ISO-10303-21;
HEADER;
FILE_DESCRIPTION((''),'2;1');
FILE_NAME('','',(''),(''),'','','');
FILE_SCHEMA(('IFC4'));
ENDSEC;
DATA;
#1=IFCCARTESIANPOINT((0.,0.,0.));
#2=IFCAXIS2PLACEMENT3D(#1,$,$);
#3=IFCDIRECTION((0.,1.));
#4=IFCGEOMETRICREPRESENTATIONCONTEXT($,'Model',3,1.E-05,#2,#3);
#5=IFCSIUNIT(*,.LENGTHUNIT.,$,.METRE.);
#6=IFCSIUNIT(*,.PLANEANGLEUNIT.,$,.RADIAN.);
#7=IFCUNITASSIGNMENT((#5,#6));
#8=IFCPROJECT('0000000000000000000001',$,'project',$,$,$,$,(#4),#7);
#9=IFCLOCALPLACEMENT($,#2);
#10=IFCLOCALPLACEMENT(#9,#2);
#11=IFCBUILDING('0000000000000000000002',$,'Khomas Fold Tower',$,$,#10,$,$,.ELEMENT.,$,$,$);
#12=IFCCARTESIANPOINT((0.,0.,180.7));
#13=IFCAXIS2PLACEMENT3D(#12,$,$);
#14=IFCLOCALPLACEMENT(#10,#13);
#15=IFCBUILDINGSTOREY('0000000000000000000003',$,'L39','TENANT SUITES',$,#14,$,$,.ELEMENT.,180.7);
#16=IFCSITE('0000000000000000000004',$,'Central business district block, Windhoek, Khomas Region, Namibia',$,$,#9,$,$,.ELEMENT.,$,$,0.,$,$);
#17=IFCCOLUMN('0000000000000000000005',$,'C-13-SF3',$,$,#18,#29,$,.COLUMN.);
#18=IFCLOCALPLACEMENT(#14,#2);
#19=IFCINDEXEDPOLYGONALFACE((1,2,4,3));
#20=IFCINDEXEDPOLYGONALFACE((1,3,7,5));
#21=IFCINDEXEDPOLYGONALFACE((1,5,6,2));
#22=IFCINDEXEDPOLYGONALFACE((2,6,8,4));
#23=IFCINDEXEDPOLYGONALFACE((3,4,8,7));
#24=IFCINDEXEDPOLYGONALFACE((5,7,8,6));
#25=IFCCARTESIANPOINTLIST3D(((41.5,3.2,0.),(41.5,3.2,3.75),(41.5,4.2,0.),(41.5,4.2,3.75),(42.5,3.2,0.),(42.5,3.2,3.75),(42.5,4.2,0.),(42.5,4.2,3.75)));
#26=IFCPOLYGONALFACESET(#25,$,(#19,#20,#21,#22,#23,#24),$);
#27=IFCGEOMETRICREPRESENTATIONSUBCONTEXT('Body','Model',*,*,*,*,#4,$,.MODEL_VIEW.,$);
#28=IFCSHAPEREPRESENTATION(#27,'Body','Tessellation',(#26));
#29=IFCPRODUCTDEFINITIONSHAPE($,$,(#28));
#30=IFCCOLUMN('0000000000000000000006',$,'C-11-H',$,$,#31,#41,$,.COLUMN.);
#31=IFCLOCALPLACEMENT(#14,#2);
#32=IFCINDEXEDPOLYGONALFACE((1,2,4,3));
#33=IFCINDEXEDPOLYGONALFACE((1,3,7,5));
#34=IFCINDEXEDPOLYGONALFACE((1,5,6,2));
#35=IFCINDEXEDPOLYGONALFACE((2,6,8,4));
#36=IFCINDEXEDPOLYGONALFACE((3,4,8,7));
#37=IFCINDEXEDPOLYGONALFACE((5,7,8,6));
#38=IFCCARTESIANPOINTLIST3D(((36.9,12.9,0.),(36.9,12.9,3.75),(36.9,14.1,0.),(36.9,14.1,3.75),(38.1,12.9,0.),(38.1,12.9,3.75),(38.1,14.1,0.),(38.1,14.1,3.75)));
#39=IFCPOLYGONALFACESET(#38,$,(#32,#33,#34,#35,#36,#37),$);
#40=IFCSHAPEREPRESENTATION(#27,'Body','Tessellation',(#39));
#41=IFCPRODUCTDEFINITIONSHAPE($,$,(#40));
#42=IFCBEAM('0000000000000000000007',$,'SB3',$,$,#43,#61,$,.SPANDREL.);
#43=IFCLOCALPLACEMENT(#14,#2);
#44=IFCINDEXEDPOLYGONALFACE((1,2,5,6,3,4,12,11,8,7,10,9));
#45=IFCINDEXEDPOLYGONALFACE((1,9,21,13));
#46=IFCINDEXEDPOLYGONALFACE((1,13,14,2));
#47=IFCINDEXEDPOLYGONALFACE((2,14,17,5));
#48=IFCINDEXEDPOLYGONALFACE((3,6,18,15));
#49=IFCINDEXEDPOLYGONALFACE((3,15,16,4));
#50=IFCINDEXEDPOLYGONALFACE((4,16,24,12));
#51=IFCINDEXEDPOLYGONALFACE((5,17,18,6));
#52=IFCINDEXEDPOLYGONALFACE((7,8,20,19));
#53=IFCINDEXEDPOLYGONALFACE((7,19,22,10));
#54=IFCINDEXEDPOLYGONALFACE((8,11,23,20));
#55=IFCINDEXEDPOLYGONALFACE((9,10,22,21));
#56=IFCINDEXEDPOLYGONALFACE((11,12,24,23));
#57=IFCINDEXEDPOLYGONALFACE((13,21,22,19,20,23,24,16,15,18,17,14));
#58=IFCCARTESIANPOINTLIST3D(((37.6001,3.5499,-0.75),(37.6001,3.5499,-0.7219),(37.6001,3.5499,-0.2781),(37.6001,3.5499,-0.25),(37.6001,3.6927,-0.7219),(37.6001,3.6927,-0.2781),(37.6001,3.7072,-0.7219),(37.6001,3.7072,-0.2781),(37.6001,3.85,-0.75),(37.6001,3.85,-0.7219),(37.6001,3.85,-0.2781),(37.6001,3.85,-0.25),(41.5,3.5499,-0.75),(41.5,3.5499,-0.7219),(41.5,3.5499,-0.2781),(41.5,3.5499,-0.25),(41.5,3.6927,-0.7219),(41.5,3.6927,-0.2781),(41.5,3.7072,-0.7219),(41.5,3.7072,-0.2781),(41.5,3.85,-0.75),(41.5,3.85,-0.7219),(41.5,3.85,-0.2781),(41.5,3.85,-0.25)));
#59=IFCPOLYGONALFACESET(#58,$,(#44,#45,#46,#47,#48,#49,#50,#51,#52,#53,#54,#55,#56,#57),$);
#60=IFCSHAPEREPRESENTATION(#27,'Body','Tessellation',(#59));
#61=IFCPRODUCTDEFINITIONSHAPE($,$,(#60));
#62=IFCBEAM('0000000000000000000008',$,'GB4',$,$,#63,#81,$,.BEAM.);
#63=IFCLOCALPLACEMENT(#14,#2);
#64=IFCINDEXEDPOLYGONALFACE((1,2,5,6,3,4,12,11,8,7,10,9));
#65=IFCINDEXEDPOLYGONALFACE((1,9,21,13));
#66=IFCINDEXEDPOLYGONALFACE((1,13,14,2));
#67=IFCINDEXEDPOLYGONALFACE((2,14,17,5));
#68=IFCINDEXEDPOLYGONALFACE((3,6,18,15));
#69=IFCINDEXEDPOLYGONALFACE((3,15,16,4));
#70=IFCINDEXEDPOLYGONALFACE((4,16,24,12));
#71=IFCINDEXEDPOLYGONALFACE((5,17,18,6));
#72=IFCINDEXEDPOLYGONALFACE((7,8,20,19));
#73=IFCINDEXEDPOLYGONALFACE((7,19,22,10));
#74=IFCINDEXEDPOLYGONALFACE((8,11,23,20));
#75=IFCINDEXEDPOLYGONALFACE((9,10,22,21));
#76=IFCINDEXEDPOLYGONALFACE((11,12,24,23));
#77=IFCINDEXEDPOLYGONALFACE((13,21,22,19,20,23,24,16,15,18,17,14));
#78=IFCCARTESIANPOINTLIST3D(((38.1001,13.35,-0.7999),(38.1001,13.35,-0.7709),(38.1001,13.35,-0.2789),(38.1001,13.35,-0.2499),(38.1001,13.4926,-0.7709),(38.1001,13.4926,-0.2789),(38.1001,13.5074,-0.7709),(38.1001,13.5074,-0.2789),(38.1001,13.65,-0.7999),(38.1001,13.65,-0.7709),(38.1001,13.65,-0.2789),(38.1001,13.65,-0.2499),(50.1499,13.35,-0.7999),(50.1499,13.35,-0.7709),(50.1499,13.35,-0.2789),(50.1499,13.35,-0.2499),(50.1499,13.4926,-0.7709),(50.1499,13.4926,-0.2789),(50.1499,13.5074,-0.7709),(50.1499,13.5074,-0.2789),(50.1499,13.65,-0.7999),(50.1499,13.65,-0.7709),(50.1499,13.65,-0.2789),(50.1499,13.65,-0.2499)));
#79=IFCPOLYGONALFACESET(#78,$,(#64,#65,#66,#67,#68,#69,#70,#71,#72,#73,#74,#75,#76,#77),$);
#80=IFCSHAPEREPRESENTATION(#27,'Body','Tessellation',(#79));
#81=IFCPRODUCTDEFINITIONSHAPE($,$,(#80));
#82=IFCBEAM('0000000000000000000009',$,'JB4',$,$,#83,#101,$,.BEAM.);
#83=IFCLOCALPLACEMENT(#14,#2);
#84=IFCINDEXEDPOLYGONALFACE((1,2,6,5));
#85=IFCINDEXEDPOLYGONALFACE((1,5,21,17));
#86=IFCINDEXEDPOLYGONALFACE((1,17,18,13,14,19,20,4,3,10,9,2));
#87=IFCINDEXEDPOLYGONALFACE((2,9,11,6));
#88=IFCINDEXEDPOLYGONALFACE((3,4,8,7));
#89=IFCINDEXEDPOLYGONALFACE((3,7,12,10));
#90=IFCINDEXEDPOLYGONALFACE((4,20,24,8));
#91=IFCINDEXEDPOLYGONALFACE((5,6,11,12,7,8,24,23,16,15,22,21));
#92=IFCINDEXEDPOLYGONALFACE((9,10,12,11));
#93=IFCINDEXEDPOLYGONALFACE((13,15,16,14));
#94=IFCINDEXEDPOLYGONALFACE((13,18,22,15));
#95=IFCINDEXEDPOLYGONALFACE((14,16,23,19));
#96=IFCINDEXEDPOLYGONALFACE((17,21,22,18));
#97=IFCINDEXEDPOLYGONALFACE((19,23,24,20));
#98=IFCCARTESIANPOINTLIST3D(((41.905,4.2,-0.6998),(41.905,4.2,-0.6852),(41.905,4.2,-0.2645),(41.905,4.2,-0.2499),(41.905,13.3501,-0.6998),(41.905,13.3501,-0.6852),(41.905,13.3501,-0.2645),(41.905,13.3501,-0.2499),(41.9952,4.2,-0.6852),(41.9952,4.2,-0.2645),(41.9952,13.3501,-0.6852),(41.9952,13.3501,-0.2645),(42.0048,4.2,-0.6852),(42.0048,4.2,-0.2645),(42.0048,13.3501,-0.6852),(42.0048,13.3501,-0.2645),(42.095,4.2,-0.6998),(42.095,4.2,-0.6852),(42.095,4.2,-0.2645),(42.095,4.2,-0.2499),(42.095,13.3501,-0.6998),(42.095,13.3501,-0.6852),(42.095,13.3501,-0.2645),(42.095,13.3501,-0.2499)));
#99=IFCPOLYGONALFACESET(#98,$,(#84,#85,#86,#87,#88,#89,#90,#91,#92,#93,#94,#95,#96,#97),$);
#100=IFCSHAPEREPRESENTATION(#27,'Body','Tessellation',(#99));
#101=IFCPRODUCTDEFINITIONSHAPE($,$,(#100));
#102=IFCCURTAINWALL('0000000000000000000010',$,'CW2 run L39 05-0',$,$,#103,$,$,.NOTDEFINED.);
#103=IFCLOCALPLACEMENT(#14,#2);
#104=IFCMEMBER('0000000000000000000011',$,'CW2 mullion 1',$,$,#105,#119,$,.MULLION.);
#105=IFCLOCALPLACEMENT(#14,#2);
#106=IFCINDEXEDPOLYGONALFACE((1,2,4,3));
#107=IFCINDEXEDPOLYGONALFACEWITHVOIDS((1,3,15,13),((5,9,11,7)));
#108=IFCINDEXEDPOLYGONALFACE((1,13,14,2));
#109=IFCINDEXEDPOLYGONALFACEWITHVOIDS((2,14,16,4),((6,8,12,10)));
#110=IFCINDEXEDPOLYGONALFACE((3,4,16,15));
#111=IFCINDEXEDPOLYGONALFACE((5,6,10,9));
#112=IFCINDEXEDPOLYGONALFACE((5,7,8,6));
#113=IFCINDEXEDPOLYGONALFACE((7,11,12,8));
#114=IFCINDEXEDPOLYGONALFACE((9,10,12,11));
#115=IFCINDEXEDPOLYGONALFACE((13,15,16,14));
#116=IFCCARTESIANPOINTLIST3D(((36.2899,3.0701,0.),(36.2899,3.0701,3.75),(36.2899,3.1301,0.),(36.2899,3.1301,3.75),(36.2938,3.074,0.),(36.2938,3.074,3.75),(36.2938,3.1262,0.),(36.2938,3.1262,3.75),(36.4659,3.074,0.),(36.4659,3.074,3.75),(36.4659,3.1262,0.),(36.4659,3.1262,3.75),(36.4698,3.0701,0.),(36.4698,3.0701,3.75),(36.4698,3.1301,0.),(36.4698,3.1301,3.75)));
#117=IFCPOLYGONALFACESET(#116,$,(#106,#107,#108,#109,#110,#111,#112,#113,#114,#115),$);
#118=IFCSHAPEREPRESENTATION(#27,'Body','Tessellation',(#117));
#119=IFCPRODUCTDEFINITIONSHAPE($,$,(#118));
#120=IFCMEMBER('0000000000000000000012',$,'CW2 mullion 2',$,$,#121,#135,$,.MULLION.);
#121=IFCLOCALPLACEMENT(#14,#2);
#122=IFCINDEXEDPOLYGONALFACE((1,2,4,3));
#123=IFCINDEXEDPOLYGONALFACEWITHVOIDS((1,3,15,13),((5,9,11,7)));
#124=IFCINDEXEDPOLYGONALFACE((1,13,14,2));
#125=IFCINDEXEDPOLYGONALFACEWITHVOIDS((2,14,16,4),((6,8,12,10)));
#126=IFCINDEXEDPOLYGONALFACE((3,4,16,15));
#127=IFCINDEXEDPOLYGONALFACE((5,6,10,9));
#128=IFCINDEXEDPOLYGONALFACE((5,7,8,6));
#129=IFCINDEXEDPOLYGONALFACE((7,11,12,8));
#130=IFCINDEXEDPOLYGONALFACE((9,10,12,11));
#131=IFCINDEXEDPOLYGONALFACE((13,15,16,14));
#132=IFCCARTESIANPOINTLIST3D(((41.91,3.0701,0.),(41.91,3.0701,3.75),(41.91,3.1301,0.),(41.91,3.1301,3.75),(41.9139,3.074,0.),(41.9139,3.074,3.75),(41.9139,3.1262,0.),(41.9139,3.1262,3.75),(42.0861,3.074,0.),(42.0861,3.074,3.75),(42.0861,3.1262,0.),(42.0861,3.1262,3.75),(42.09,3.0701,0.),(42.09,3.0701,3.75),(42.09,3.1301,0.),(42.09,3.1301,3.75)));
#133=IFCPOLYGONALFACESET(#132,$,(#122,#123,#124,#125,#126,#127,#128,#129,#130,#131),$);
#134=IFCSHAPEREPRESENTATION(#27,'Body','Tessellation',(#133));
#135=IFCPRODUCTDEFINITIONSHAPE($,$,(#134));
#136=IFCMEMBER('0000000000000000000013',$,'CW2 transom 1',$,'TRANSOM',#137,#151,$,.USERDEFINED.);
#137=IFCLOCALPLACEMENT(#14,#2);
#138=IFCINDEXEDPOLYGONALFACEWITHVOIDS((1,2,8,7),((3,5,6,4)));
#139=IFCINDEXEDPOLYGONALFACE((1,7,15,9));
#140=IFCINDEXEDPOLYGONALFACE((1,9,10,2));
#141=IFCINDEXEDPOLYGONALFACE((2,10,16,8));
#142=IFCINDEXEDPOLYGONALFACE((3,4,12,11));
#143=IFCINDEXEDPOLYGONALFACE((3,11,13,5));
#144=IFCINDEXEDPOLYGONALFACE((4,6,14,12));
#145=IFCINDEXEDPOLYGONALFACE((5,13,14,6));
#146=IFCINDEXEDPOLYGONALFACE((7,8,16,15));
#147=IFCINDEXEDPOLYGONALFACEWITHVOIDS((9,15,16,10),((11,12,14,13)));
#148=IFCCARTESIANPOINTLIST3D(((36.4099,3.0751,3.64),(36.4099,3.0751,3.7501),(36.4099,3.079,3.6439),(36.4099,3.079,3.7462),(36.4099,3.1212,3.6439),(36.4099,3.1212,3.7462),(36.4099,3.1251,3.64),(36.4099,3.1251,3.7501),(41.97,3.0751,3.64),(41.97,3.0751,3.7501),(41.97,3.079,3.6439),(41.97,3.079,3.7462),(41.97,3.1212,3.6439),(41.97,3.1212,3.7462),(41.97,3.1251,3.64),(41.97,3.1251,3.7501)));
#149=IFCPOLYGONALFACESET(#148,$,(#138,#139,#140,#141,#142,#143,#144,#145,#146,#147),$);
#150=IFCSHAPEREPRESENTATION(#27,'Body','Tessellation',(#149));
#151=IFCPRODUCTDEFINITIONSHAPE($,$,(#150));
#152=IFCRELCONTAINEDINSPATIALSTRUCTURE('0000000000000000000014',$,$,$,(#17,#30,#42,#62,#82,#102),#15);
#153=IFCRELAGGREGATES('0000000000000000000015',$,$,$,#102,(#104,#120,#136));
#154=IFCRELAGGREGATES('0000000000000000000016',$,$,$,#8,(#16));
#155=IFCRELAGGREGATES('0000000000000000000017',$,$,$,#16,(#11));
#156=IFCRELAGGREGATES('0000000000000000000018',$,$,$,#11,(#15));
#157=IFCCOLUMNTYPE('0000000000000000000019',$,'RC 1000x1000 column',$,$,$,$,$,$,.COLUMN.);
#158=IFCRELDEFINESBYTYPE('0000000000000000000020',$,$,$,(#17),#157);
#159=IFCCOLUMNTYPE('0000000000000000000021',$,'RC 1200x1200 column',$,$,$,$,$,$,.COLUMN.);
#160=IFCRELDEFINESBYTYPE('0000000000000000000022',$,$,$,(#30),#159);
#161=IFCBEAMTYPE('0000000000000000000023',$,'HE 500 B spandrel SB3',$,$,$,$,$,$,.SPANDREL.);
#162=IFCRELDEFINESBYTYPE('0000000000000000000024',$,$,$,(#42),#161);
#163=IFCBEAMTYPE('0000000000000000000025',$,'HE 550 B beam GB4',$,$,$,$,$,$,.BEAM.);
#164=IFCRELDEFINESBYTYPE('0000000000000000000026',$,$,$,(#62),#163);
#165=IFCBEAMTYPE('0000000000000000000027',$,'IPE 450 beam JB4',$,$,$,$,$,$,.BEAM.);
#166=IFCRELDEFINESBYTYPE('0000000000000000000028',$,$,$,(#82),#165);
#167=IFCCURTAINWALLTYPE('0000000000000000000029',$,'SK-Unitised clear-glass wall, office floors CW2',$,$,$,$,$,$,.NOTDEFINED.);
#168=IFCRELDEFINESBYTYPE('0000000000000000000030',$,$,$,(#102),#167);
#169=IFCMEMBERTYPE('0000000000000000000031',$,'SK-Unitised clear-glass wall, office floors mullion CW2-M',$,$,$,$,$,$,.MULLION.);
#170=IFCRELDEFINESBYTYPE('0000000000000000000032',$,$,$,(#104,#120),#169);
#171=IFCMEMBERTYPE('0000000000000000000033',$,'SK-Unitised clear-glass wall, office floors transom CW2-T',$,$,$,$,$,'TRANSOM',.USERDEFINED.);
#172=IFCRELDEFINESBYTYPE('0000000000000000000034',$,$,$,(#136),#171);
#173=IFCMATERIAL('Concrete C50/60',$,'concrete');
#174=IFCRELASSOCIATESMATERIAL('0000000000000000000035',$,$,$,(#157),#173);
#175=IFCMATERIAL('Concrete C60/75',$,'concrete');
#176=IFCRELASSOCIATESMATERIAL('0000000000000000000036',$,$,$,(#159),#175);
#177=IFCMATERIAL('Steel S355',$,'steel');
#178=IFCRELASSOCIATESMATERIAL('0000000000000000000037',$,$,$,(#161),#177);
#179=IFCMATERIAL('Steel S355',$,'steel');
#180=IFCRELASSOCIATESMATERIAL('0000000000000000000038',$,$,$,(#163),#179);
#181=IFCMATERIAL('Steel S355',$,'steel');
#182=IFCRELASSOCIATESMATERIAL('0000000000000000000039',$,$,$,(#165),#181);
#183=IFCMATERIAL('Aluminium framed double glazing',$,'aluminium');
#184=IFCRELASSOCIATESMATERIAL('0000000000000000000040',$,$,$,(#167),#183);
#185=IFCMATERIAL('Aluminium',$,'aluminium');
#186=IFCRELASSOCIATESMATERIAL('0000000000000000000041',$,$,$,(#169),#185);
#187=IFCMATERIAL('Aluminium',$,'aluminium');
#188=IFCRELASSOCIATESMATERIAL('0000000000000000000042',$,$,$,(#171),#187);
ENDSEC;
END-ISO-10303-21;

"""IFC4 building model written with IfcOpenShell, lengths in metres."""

from ifc_helpers import new_model, si_unit, direction, frame, origin, origin_2d, place, context, subcontext, project, spatial, rectangle, hollow_rectangle, i_section, extrude, source, transform, mapped, material, material_profile, profile_set, type_object, element, aggregate, save


model = new_model("IFC4")

# Units and contexts
model_context = context("Model", 3, precision=1e-05, world=origin(), true_north=direction((0.0, 1.0)))
body_context = subcontext(model_context, "Body", "Model", "MODEL_VIEW")
ifc_project = project(units=[si_unit("LENGTHUNIT", "METRE"), si_unit("PLANEANGLEUNIT", "RADIAN")], contexts=[model_context])

# Site, building, storey
site_placement = place(None, origin())
site = spatial("IfcSite", under=ifc_project, at=site_placement, Name="Central business district block, Windhoek, Khomas Region, Namibia", CompositionType="ELEMENT", RefElevation=0.0)
building_placement = place(site_placement, origin())
building = spatial("IfcBuilding", under=site, at=building_placement, Name="Khomas Fold Tower", CompositionType="ELEMENT")
storey_placement = place(building_placement, frame((0.0, 0.0, 180.7)))
storey = spatial("IfcBuildingStorey", under=building, at=storey_placement, Name="L39", Description="TENANT SUITES", CompositionType="ELEMENT", Elevation=180.7)

# Columns
ifc_material_1 = material(Name="Concrete C50/60", Category="concrete")
ifc_material_profile_1 = material_profile(ifc_material_1, rectangle(XDim=1.0, YDim=1.0, at=origin_2d()), Name="RC 1000x1000")
ifc_profile_set_1 = profile_set([ifc_material_profile_1], Name="Concrete C50/60")
column_type_1 = type_object("IfcColumnType", Name="RC 1000x1000 column", PredefinedType="COLUMN", material=ifc_profile_set_1)
shared_shape_1 = source(origin(), body_context, "Body", "SweptSolid", [
    extrude(rectangle(XDim=1.0, YDim=1.0, at=origin_2d()), origin(), (0.0, 0.0, 1.0), 3.75),
])
column_1_placement = place(storey_placement, frame((42.0, 3.7, 0.0), z_axis=(0.0, 0.0, 1.0), x_axis=(1.0, 0.0, 0.0)))
element("IfcColumn", 1, at=column_1_placement, inside=storey, type_object=column_type_1, Name="C-13-SF3", PredefinedType="COLUMN", context=body_context, shape_type="MappedRepresentation", body=[
    mapped(shared_shape_1, transform((0.0, 0.0, 0.0))),
])
ifc_material_2 = material(Name="Concrete C60/75", Category="concrete")
ifc_material_profile_2 = material_profile(ifc_material_2, rectangle(XDim=1.2, YDim=1.2, at=origin_2d()), Name="RC 1200x1200")
ifc_profile_set_2 = profile_set([ifc_material_profile_2], Name="Concrete C60/75")
column_type_2 = type_object("IfcColumnType", Name="RC 1200x1200 column", PredefinedType="COLUMN", material=ifc_profile_set_2)
shared_shape_2 = source(origin(), body_context, "Body", "SweptSolid", [
    extrude(rectangle(XDim=1.2, YDim=1.2, at=origin_2d()), origin(), (0.0, 0.0, 1.0), 3.75),
])
column_2_placement = place(storey_placement, frame((37.5, 13.5, 0.0), z_axis=(0.0, 0.0, 1.0), x_axis=(1.0, 0.0, 0.0)))
element("IfcColumn", 2, at=column_2_placement, inside=storey, type_object=column_type_2, Name="C-11-H", PredefinedType="COLUMN", context=body_context, shape_type="MappedRepresentation", body=[
    mapped(shared_shape_2, transform((0.0, 0.0, 0.0))),
])

# Beams
ifc_material_3 = material(Name="Steel S355", Category="steel")
ifc_material_profile_3 = material_profile(ifc_material_3, i_section(OverallWidth=0.3, OverallDepth=0.5, WebThickness=0.0144, FlangeThickness=0.0281, at=origin_2d()), Name="HE 500 B")
ifc_profile_set_3 = profile_set([ifc_material_profile_3], Name="Steel S355")
beam_type_1 = type_object("IfcBeamType", Name="HE 500 B spandrel SB3", PredefinedType="SPANDREL", material=ifc_profile_set_3)
shared_shape_3 = source(origin(), body_context, "Body", "SweptSolid", [
    extrude(i_section(OverallWidth=0.3, OverallDepth=0.5, WebThickness=0.0144, FlangeThickness=0.0281, at=origin_2d()), origin(), (0.0, 0.0, 1.0), 3.8999),
])
beam_1_placement = place(storey_placement, frame((37.6001, 3.7, -0.5), z_axis=(1.0, 0.0, 0.0), x_axis=(0.0, 1.0, 0.0)))
element("IfcBeam", 3, at=beam_1_placement, inside=storey, type_object=beam_type_1, Name="SB3", PredefinedType="SPANDREL", context=body_context, shape_type="MappedRepresentation", body=[
    mapped(shared_shape_3, transform((0.0, 0.0, 0.0))),
])
ifc_material_4 = material(Name="Steel S355", Category="steel")
ifc_material_profile_4 = material_profile(ifc_material_4, i_section(OverallWidth=0.3, OverallDepth=0.55, WebThickness=0.0149, FlangeThickness=0.0291, at=origin_2d()), Name="HE 550 B")
ifc_profile_set_4 = profile_set([ifc_material_profile_4], Name="Steel S355")
beam_type_2 = type_object("IfcBeamType", Name="HE 550 B beam GB4", PredefinedType="BEAM", material=ifc_profile_set_4)
shared_shape_4 = source(origin(), body_context, "Body", "SweptSolid", [
    extrude(i_section(OverallWidth=0.3, OverallDepth=0.55, WebThickness=0.0149, FlangeThickness=0.0291, at=origin_2d()), origin(), (0.0, 0.0, 1.0), 12.0498),
])
beam_2_placement = place(storey_placement, frame((38.1001, 13.5, -0.5249), z_axis=(1.0, 0.0, 0.0), x_axis=(0.0, 1.0, 0.0)))
element("IfcBeam", 4, at=beam_2_placement, inside=storey, type_object=beam_type_2, Name="GB4", PredefinedType="BEAM", context=body_context, shape_type="MappedRepresentation", body=[
    mapped(shared_shape_4, transform((0.0, 0.0, 0.0))),
])
ifc_material_5 = material(Name="Steel S355", Category="steel")
ifc_material_profile_5 = material_profile(ifc_material_5, i_section(OverallWidth=0.1899, OverallDepth=0.45, WebThickness=0.0095, FlangeThickness=0.0146, at=origin_2d()), Name="IPE 450")
ifc_profile_set_5 = profile_set([ifc_material_profile_5], Name="Steel S355")
beam_type_3 = type_object("IfcBeamType", Name="IPE 450 beam JB4", PredefinedType="BEAM", material=ifc_profile_set_5)
shared_shape_5 = source(origin(), body_context, "Body", "SweptSolid", [
    extrude(i_section(OverallWidth=0.1899, OverallDepth=0.45, WebThickness=0.0095, FlangeThickness=0.0146, at=origin_2d()), origin(), (0.0, 0.0, 1.0), 9.1501),
])
beam_3_placement = place(storey_placement, frame((42.0, 4.2, -0.4749), z_axis=(0.0, 1.0, 0.0), x_axis=(-1.0, 0.0, 0.0)))
element("IfcBeam", 5, at=beam_3_placement, inside=storey, type_object=beam_type_3, Name="JB4", PredefinedType="BEAM", context=body_context, shape_type="MappedRepresentation", body=[
    mapped(shared_shape_5, transform((0.0, 0.0, 0.0))),
])

# Curtain wall, members
ifc_material_6 = material(Name="Aluminium framed double glazing", Category="aluminium")
curtain_wall_type_1 = type_object("IfcCurtainWallType", Name="SK-Unitised clear-glass wall, office floors CW2", PredefinedType="NOTDEFINED", material=ifc_material_6)
curtain_wall_1_placement = place(storey_placement, origin())
curtain_wall_1 = element("IfcCurtainWall", 6, at=curtain_wall_1_placement, inside=storey, type_object=curtain_wall_type_1, Name="CW2 run L39 05-0", PredefinedType="NOTDEFINED")
ifc_material_7 = material(Name="Aluminium", Category="aluminium")
ifc_material_profile_6 = material_profile(ifc_material_7, hollow_rectangle(XDim=0.0601, YDim=0.1799, WallThickness=0.0039, at=origin_2d()), Name="SK-Unitised clear-glass wall, office floors mullion CW2-M")
ifc_profile_set_6 = profile_set([ifc_material_profile_6], Name="Aluminium")
member_type_1 = type_object("IfcMemberType", Name="SK-Unitised clear-glass wall, office floors mullion CW2-M", PredefinedType="MULLION", material=ifc_profile_set_6)
shared_shape_6 = source(origin(), body_context, "Body", "SweptSolid", [
    extrude(hollow_rectangle(XDim=0.0601, YDim=0.1799, WallThickness=0.0039, at=origin_2d()), origin(), (0.0, 0.0, 1.0), 3.75),
])
member_1_placement = place(storey_placement, frame((36.3799, 3.1001, 0.0), z_axis=(0.0, 0.0, 1.0), x_axis=(0.0, 1.0, 0.0)))
member_1 = element("IfcMember", 7, at=member_1_placement, type_object=member_type_1, Name="CW2 mullion 1", PredefinedType="MULLION", context=body_context, shape_type="MappedRepresentation", body=[
    mapped(shared_shape_6, transform((0.0, 0.0, 0.0))),
])
member_2_placement = place(storey_placement, frame((42.0, 3.1001, 0.0), z_axis=(0.0, 0.0, 1.0), x_axis=(0.0, 1.0, 0.0)))
member_2 = element("IfcMember", 8, at=member_2_placement, type_object=member_type_1, Name="CW2 mullion 2", PredefinedType="MULLION", context=body_context, shape_type="MappedRepresentation", body=[
    mapped(shared_shape_6, transform((0.0, 0.0, 0.0))),
])
ifc_material_8 = material(Name="Aluminium", Category="aluminium")
ifc_material_profile_7 = material_profile(ifc_material_8, hollow_rectangle(XDim=0.05, YDim=0.1101, WallThickness=0.0039, at=origin_2d()), Name="SK-Unitised clear-glass wall, office floors transom CW2-T")
ifc_profile_set_7 = profile_set([ifc_material_profile_7], Name="Aluminium")
member_type_2 = type_object("IfcMemberType", Name="SK-Unitised clear-glass wall, office floors transom CW2-T", ElementType="TRANSOM", PredefinedType="USERDEFINED", material=ifc_profile_set_7)
shared_shape_7 = source(origin(), body_context, "Body", "SweptSolid", [
    extrude(hollow_rectangle(XDim=0.05, YDim=0.1101, WallThickness=0.0039, at=origin_2d()), origin(), (0.0, 0.0, 1.0), 5.5601),
])
member_3_placement = place(storey_placement, frame((36.4099, 3.1001, 3.6951), z_axis=(1.0, 0.0, 0.0), x_axis=(0.0, 1.0, 0.0)))
member_3 = element("IfcMember", 9, at=member_3_placement, type_object=member_type_2, Name="CW2 transom 1", ObjectType="TRANSOM", PredefinedType="USERDEFINED", context=body_context, shape_type="MappedRepresentation", body=[
    mapped(shared_shape_7, transform((0.0, 0.0, 0.0))),
])

aggregate(curtain_wall_1, [member_1, member_2, member_3])

save(model, "model.ifc")
